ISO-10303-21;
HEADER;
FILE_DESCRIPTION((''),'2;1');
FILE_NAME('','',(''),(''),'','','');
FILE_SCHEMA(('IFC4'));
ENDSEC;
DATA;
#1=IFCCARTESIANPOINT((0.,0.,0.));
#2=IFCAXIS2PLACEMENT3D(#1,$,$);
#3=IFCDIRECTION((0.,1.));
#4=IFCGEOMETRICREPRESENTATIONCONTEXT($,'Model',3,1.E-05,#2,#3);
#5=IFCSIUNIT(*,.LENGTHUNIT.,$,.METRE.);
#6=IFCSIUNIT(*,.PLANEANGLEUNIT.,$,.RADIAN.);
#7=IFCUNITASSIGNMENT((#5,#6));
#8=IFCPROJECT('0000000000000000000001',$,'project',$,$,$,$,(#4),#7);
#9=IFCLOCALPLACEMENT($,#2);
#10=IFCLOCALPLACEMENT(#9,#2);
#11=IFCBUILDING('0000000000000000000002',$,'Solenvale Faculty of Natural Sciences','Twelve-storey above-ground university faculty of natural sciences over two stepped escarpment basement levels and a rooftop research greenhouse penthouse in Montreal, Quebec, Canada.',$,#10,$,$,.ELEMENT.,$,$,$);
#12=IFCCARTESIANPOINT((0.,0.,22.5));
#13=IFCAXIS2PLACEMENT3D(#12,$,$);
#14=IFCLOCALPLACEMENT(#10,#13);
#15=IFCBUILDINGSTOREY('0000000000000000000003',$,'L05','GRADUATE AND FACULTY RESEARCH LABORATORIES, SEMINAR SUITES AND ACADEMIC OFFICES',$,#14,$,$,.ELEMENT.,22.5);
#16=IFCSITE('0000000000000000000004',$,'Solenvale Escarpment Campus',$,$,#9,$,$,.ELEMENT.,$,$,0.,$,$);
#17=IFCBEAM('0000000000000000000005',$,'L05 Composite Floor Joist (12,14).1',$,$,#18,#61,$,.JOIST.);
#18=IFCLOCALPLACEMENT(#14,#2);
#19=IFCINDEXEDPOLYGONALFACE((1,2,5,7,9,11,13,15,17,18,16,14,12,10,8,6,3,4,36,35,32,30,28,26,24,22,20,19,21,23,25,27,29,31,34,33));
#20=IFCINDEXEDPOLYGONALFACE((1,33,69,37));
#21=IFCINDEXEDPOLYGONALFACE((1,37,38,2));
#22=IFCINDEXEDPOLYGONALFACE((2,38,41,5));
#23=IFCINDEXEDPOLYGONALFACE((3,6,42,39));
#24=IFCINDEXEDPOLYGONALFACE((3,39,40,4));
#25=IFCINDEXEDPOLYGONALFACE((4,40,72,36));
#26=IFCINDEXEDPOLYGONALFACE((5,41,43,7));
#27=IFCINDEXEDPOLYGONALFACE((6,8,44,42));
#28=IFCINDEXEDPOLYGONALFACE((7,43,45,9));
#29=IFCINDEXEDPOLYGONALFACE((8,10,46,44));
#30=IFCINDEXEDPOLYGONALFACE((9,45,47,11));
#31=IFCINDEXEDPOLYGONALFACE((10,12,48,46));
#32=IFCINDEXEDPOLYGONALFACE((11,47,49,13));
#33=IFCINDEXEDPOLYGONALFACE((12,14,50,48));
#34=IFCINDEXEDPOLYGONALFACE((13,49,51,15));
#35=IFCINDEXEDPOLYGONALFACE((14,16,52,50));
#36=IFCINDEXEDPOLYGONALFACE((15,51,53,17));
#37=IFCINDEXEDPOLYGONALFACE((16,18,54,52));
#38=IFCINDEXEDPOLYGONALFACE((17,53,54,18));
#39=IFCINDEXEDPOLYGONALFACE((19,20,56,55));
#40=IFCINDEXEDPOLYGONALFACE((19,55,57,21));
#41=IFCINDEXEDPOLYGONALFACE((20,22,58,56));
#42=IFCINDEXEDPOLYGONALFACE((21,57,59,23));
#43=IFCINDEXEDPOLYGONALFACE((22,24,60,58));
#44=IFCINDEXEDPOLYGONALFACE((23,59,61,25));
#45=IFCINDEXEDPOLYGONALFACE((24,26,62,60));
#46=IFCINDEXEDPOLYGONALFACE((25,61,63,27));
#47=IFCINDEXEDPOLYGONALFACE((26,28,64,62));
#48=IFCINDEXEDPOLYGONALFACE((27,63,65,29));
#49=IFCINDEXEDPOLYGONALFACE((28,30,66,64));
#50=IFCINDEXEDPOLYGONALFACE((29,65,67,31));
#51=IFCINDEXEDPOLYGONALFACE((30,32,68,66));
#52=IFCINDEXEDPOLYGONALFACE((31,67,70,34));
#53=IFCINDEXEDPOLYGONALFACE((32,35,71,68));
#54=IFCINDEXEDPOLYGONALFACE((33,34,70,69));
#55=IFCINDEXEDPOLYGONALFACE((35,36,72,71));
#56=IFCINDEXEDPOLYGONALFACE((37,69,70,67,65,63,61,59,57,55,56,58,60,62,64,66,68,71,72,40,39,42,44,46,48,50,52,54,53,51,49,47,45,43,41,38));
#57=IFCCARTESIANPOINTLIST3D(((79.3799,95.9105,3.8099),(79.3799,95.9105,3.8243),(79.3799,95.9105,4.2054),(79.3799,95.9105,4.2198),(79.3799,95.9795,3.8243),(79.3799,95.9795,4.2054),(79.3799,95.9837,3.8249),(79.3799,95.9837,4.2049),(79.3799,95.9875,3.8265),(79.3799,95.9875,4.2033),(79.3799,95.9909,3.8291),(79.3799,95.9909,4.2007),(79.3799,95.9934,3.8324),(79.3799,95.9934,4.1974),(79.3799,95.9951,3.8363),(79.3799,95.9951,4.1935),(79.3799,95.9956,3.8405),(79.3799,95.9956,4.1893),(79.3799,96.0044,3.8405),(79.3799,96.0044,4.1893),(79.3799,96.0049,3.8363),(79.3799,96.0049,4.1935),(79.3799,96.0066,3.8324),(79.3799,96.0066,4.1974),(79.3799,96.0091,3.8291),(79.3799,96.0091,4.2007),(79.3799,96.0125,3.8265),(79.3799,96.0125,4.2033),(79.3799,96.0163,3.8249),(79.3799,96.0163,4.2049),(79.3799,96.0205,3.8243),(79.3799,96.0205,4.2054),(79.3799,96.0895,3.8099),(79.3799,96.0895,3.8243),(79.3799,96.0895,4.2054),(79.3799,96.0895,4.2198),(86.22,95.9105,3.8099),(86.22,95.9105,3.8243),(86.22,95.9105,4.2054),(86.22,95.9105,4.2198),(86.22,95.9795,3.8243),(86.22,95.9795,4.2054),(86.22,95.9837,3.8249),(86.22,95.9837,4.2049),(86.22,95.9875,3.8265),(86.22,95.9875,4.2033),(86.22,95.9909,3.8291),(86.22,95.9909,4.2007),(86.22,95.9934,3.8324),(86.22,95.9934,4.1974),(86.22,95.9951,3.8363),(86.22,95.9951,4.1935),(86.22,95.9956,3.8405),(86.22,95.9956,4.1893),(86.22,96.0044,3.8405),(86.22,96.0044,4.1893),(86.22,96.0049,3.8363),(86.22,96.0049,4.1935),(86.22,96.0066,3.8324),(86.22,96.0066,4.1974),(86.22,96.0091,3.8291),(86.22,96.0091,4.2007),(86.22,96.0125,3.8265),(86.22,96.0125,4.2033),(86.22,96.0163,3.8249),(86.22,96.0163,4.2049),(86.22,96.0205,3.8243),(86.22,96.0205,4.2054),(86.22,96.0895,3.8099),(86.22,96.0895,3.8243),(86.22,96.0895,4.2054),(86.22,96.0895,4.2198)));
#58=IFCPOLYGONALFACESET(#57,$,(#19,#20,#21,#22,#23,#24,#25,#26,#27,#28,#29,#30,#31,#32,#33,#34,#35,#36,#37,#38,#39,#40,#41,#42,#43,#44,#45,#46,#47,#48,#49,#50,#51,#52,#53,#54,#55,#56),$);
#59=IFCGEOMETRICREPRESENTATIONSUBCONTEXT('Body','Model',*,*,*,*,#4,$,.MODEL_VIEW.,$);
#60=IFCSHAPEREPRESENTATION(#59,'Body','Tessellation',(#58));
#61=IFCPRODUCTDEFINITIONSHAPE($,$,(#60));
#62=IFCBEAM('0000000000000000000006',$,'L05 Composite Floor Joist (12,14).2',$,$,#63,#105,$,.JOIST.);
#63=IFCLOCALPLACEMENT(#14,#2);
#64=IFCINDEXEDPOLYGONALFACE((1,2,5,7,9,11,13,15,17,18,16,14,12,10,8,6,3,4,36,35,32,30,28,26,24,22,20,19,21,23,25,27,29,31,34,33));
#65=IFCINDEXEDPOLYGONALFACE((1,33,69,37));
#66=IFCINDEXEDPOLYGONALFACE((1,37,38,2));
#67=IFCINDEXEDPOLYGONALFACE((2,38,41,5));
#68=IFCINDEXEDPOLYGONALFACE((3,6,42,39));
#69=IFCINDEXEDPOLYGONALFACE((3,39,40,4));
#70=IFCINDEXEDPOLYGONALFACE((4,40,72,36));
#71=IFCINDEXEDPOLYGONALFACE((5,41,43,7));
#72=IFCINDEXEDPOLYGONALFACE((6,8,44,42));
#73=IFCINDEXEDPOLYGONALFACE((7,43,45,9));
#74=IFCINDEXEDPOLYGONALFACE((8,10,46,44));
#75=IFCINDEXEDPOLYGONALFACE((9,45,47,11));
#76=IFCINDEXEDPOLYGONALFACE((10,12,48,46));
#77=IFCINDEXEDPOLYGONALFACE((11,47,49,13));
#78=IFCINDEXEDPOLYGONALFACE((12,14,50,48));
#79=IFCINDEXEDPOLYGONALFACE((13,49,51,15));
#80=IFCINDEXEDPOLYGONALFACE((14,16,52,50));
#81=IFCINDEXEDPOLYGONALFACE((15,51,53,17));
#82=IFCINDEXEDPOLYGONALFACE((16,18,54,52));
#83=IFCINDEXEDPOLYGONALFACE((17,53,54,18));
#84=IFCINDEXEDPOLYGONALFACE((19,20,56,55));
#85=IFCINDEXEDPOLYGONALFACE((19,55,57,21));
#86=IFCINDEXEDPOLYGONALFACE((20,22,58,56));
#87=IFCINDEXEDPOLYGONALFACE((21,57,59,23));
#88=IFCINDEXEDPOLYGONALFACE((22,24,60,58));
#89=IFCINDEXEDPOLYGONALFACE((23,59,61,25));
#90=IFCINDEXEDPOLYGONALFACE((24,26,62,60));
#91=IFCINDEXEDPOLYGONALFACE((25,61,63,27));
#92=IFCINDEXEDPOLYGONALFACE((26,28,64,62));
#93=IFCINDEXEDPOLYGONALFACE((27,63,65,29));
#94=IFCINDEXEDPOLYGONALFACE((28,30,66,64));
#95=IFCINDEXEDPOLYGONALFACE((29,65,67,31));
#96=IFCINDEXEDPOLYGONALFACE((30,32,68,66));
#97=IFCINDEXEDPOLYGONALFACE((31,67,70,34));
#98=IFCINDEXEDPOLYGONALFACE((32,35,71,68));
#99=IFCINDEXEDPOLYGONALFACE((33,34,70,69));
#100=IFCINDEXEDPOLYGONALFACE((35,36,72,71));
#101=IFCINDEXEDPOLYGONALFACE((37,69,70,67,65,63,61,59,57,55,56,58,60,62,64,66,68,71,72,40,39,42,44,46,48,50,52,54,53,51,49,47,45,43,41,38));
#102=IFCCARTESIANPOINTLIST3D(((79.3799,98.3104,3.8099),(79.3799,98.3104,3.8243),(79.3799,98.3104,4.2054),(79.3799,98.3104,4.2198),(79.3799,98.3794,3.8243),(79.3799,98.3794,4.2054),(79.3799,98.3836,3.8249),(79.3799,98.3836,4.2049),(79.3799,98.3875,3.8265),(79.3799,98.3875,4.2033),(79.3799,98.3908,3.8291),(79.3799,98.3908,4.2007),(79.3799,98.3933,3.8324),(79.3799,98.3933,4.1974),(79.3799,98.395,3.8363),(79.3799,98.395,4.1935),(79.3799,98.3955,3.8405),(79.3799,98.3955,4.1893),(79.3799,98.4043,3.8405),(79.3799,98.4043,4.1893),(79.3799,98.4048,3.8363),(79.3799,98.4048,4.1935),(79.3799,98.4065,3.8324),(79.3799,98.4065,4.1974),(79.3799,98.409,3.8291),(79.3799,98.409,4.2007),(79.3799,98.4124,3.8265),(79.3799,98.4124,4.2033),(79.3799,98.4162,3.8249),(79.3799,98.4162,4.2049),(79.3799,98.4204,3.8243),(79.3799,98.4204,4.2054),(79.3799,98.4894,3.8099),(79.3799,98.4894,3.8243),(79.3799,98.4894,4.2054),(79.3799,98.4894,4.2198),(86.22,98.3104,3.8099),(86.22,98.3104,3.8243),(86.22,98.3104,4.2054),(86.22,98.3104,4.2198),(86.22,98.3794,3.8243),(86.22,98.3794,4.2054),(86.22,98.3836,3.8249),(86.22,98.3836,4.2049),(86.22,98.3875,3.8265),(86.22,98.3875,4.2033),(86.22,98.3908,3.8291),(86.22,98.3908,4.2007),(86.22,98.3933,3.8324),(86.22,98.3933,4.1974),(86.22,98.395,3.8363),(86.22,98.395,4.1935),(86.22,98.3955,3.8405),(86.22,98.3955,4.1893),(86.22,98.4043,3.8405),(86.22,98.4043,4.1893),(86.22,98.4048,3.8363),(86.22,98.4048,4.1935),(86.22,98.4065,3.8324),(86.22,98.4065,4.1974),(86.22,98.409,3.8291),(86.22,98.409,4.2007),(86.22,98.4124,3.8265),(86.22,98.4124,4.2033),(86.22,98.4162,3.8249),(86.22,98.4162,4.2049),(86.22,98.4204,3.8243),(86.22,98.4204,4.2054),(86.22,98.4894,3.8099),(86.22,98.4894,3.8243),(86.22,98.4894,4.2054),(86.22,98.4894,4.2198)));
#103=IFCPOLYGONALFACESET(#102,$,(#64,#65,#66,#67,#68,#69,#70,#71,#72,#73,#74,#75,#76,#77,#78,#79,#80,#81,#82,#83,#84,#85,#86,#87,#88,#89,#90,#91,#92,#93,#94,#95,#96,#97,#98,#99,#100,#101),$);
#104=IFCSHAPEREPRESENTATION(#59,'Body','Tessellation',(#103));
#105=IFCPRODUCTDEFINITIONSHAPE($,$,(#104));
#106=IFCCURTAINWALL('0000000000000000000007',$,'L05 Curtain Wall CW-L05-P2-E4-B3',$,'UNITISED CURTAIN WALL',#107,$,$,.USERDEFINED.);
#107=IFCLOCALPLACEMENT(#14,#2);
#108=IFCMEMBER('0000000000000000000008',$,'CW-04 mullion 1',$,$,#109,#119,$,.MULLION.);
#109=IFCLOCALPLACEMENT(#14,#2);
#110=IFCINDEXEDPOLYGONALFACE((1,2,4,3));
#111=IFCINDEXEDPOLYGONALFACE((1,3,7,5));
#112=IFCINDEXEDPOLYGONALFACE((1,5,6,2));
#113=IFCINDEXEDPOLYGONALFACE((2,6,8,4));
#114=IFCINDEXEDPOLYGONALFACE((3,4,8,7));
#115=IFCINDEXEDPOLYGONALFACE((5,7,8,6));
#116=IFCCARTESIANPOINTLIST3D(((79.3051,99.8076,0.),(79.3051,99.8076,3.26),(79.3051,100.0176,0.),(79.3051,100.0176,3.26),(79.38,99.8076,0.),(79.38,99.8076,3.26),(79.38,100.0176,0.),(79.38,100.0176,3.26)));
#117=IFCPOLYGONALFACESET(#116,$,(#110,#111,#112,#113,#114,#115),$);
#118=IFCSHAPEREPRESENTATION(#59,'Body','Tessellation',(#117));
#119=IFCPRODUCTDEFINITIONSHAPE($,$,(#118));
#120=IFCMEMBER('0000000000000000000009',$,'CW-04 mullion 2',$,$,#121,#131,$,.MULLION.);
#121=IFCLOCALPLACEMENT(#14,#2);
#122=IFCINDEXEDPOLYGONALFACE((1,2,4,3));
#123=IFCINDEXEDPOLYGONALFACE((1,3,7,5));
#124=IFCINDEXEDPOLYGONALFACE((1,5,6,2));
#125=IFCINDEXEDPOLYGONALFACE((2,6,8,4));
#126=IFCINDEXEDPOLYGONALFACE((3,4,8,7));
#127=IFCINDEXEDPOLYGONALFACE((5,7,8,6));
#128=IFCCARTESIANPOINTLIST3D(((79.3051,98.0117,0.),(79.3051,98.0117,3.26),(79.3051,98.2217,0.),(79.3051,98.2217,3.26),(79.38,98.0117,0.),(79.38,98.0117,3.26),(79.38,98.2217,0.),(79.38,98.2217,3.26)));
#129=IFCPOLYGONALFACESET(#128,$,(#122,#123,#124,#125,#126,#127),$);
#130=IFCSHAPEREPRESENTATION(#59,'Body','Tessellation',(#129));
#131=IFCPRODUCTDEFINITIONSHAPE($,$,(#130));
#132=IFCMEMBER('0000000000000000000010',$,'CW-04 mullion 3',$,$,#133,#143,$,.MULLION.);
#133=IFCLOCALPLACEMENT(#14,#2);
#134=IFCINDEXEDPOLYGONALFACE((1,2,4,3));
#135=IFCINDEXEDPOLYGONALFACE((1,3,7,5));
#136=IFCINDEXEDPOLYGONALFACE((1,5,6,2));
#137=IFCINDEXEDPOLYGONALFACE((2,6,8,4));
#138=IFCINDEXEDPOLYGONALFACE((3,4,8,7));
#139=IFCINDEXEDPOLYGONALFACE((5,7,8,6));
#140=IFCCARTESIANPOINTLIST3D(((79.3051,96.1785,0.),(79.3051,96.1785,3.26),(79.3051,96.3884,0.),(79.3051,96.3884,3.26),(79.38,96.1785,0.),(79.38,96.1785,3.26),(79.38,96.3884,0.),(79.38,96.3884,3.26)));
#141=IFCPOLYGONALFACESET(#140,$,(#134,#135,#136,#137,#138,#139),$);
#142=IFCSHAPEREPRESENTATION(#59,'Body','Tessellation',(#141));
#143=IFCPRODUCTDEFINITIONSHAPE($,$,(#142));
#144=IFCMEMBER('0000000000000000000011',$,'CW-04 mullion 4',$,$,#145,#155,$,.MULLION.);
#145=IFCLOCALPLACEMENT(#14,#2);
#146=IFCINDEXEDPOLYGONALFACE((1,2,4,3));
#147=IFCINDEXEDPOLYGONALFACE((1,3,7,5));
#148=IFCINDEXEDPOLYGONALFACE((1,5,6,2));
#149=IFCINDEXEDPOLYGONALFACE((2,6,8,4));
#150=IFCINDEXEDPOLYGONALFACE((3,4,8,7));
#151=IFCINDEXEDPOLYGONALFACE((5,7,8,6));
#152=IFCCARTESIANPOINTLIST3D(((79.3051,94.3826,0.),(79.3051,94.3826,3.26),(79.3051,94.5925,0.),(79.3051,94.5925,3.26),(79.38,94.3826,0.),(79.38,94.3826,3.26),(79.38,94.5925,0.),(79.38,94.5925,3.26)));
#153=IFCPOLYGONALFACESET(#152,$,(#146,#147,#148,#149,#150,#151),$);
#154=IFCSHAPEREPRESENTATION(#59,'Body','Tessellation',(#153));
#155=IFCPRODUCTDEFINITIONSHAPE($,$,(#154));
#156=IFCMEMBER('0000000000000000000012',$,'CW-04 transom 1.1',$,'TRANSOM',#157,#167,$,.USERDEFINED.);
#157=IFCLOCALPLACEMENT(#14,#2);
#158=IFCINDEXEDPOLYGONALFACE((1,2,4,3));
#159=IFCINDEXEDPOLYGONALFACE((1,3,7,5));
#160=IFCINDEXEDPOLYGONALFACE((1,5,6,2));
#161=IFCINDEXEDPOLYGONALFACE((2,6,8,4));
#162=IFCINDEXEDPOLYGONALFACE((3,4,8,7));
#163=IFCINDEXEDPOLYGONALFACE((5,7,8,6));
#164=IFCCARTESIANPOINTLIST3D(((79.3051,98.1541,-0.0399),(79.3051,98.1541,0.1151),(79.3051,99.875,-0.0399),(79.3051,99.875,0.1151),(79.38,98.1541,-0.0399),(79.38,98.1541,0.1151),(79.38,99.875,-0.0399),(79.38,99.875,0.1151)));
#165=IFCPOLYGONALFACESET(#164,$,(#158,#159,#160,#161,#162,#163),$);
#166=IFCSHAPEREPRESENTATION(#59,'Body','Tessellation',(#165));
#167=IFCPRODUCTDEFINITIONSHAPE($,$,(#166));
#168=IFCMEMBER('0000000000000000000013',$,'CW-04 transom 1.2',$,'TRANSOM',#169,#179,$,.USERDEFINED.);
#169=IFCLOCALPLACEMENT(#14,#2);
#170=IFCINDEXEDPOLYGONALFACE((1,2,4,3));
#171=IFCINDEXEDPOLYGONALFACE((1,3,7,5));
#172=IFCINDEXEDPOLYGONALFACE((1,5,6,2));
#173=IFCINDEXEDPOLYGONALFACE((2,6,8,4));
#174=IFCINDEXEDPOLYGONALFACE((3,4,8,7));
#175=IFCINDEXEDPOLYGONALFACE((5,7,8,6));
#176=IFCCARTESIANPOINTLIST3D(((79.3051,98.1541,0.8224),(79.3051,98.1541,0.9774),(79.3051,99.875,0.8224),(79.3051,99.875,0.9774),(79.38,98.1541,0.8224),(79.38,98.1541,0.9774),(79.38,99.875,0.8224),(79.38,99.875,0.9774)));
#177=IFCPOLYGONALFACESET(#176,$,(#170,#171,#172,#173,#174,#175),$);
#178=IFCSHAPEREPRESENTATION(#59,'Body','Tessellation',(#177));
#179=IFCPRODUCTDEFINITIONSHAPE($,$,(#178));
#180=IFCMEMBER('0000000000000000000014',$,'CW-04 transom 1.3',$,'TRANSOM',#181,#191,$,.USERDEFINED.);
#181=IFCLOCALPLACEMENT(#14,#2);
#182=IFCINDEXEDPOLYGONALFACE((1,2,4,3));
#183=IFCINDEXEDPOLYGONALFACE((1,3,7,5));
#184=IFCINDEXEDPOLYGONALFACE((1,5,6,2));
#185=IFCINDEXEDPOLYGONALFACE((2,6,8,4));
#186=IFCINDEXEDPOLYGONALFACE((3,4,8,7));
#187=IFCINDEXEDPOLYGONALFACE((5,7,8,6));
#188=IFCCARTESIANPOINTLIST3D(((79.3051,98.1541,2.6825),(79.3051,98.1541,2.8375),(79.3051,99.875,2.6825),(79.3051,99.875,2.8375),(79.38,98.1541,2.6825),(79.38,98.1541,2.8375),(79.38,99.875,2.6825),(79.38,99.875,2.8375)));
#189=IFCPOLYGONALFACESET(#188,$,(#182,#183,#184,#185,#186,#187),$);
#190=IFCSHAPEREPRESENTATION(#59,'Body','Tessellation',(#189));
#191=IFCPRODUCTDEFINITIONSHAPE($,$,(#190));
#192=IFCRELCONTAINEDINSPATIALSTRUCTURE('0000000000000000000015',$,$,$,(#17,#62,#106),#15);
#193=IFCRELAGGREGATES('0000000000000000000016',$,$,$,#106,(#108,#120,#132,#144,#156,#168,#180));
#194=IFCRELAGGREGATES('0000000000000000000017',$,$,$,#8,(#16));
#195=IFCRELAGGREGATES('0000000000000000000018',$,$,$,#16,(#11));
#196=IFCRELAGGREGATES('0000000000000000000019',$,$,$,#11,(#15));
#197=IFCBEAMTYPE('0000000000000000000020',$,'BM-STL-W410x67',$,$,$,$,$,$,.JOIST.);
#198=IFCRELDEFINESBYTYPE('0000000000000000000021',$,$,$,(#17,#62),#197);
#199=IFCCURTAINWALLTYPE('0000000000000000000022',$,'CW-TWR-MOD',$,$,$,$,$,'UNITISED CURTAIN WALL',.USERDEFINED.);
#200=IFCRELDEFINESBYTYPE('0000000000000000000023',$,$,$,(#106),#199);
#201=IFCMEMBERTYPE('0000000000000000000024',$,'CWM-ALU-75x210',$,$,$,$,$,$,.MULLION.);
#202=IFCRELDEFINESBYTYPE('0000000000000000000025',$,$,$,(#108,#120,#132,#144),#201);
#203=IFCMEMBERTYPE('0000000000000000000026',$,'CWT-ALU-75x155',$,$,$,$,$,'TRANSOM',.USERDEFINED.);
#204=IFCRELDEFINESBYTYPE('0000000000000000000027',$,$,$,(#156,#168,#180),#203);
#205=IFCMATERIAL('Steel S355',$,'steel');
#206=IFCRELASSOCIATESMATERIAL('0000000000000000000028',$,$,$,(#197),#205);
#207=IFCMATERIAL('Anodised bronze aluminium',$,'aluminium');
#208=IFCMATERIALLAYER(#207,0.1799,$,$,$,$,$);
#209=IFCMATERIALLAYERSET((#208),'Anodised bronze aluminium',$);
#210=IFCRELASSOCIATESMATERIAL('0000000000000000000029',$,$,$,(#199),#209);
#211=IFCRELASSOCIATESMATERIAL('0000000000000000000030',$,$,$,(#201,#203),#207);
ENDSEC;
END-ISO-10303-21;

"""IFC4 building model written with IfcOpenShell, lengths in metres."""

from ifc_helpers import new_model, si_unit, direction, frame, origin, origin_2d, place, context, subcontext, project, spatial, rectangle, i_section, extrude, material, layer, layer_set, material_profile, profile_set, type_object, element, aggregate, save


model = new_model("IFC4")

# Units and contexts
model_context = context("Model", 3, precision=1e-05, world=origin(), true_north=direction((0.0, 1.0)))
body_context = subcontext(model_context, "Body", "Model", "MODEL_VIEW")
ifc_project = project(units=[si_unit("LENGTHUNIT", "METRE"), si_unit("PLANEANGLEUNIT", "RADIAN")], contexts=[model_context])

# Site, building, storey
site_placement = place(None, origin())
site = spatial("IfcSite", under=ifc_project, at=site_placement, Name="Solenvale Escarpment Campus", CompositionType="ELEMENT", RefElevation=0.0)
building_placement = place(site_placement, origin())
building = spatial("IfcBuilding", under=site, at=building_placement, Name="Solenvale Faculty of Natural Sciences", Description="Twelve-storey above-ground university faculty of natural sciences over two stepped escarpment basement levels and a rooftop research greenhouse penthouse in Montreal, Quebec, Canada.", CompositionType="ELEMENT")
storey_placement = place(building_placement, frame((0.0, 0.0, 22.5)))
storey = spatial("IfcBuildingStorey", under=building, at=storey_placement, Name="L05", Description="GRADUATE AND FACULTY RESEARCH LABORATORIES, SEMINAR SUITES AND ACADEMIC OFFICES", CompositionType="ELEMENT", Elevation=22.5)

# Beams
ifc_material_1 = material(Name="Steel S355", Category="steel")
ifc_material_profile_1 = material_profile(ifc_material_1, i_section(OverallWidth=0.179, OverallDepth=0.4099, WebThickness=0.0088, FlangeThickness=0.0144, FilletRadius=0.0161, at=origin_2d()), Name="W410x67")
ifc_profile_set_1 = profile_set([ifc_material_profile_1], Name="Steel S355")
beam_type_1 = type_object("IfcBeamType", Name="BM-STL-W410x67", PredefinedType="JOIST", material=ifc_profile_set_1)
for number, where, z_axis, x_axis, name in (
    (1, (79.3799, 96.0, 4.0149), (1.0, 0.0, 0.0), (0.0, 1.0, 0.0), "L05 Composite Floor Joist (12,14).1"),
    (2, (79.3799, 98.3999, 4.0149), (1.0, 0.0, 0.0), (0.0, 1.0, 0.0), "L05 Composite Floor Joist (12,14).2"),
):
    element("IfcBeam", number, at=place(storey_placement, frame(where, z_axis=z_axis, x_axis=x_axis)), inside=storey, type_object=beam_type_1, Name=name, PredefinedType="JOIST", context=body_context, shape_type="SweptSolid", body=[
        extrude(i_section(OverallWidth=0.179, OverallDepth=0.4099, WebThickness=0.0088, FlangeThickness=0.0144, FilletRadius=0.0161, at=origin_2d()), origin(), (0.0, 0.0, 1.0), 6.8401),
    ])

# Curtain wall, members
ifc_material_2 = material(Name="Anodised bronze aluminium", Category="aluminium")
ifc_layer_1 = layer(ifc_material_2, 0.1799)
ifc_layer_set_1 = layer_set([ifc_layer_1], Name="Anodised bronze aluminium")
curtain_wall_type = type_object("IfcCurtainWallType", Name="CW-TWR-MOD", ElementType="UNITISED CURTAIN WALL", PredefinedType="USERDEFINED", material=ifc_layer_set_1)
curtain_wall_placement = place(storey_placement, origin())
curtain_wall = element("IfcCurtainWall", 3, at=curtain_wall_placement, inside=storey, type_object=curtain_wall_type, Name="L05 Curtain Wall CW-L05-P2-E4-B3", ObjectType="UNITISED CURTAIN WALL", PredefinedType="USERDEFINED")
ifc_material_profile_2 = material_profile(ifc_material_2, rectangle(XDim=0.075, YDim=0.21, at=origin_2d()), Name="ALU-MUL-75x210")
ifc_profile_set_2 = profile_set([ifc_material_profile_2], Name="Anodised bronze aluminium")
member_type_1 = type_object("IfcMemberType", Name="CWM-ALU-75x210", PredefinedType="MULLION", material=ifc_profile_set_2)
member_1_placement = place(storey_placement, frame((79.3425, 99.9126, 0.0), z_axis=(0.0, 0.0, 1.0), x_axis=(1.0, 0.0, 0.0)))
member_1 = element("IfcMember", 4, at=member_1_placement, type_object=member_type_1, Name="CW-04 mullion 1", PredefinedType="MULLION", context=body_context, shape_type="SweptSolid", body=[
    extrude(rectangle(XDim=0.075, YDim=0.21, at=origin_2d()), origin(), (0.0, 0.0, 1.0), 3.26),
])
member_2_placement = place(storey_placement, frame((79.3425, 98.1167, 0.0), z_axis=(0.0, 0.0, 1.0), x_axis=(1.0, 0.0, 0.0)))
member_2 = element("IfcMember", 5, at=member_2_placement, type_object=member_type_1, Name="CW-04 mullion 2", PredefinedType="MULLION", context=body_context, shape_type="SweptSolid", body=[
    extrude(rectangle(XDim=0.075, YDim=0.21, at=origin_2d()), origin(), (0.0, 0.0, 1.0), 3.26),
])
member_3_placement = place(storey_placement, frame((79.3425, 96.2834, 0.0), z_axis=(0.0, 0.0, 1.0), x_axis=(1.0, 0.0, 0.0)))
member_3 = element("IfcMember", 6, at=member_3_placement, type_object=member_type_1, Name="CW-04 mullion 3", PredefinedType="MULLION", context=body_context, shape_type="SweptSolid", body=[
    extrude(rectangle(XDim=0.075, YDim=0.21, at=origin_2d()), origin(), (0.0, 0.0, 1.0), 3.26),
])
member_4_placement = place(storey_placement, frame((79.3425, 94.4875, 0.0), z_axis=(0.0, 0.0, 1.0), x_axis=(1.0, 0.0, 0.0)))
member_4 = element("IfcMember", 7, at=member_4_placement, type_object=member_type_1, Name="CW-04 mullion 4", PredefinedType="MULLION", context=body_context, shape_type="SweptSolid", body=[
    extrude(rectangle(XDim=0.075, YDim=0.21, at=origin_2d()), origin(), (0.0, 0.0, 1.0), 3.26),
])
ifc_material_profile_3 = material_profile(ifc_material_2, rectangle(XDim=0.075, YDim=0.155, at=origin_2d()), Name="ALU-TRN-75x155")
ifc_profile_set_3 = profile_set([ifc_material_profile_3], Name="Anodised bronze aluminium")
member_type_2 = type_object("IfcMemberType", Name="CWT-ALU-75x155", ElementType="TRANSOM", PredefinedType="USERDEFINED", material=ifc_profile_set_3)
member_5_placement = place(storey_placement, frame((79.3425, 99.875, 0.0376), z_axis=(0.0, -1.0, 0.0), x_axis=(1.0, 0.0, 0.0)))
member_5 = element("IfcMember", 8, at=member_5_placement, type_object=member_type_2, Name="CW-04 transom 1.1", ObjectType="TRANSOM", PredefinedType="USERDEFINED", context=body_context, shape_type="SweptSolid", body=[
    extrude(rectangle(XDim=0.075, YDim=0.155, at=origin_2d()), origin(), (0.0, 0.0, 1.0), 1.7209),
])
member_6_placement = place(storey_placement, frame((79.3425, 99.875, 0.8999), z_axis=(0.0, -1.0, 0.0), x_axis=(1.0, 0.0, 0.0)))
member_6 = element("IfcMember", 9, at=member_6_placement, type_object=member_type_2, Name="CW-04 transom 1.2", ObjectType="TRANSOM", PredefinedType="USERDEFINED", context=body_context, shape_type="SweptSolid", body=[
    extrude(rectangle(XDim=0.075, YDim=0.155, at=origin_2d()), origin(), (0.0, 0.0, 1.0), 1.7209),
])
member_7_placement = place(storey_placement, frame((79.3425, 99.875, 2.76), z_axis=(0.0, -1.0, 0.0), x_axis=(1.0, 0.0, 0.0)))
member_7 = element("IfcMember", 10, at=member_7_placement, type_object=member_type_2, Name="CW-04 transom 1.3", ObjectType="TRANSOM", PredefinedType="USERDEFINED", context=body_context, shape_type="SweptSolid", body=[
    extrude(rectangle(XDim=0.075, YDim=0.155, at=origin_2d()), origin(), (0.0, 0.0, 1.0), 1.7209),
])
aggregate(curtain_wall, [member_1, member_2, member_3, member_4, member_5, member_6, member_7])

save(model, "model.ifc")
